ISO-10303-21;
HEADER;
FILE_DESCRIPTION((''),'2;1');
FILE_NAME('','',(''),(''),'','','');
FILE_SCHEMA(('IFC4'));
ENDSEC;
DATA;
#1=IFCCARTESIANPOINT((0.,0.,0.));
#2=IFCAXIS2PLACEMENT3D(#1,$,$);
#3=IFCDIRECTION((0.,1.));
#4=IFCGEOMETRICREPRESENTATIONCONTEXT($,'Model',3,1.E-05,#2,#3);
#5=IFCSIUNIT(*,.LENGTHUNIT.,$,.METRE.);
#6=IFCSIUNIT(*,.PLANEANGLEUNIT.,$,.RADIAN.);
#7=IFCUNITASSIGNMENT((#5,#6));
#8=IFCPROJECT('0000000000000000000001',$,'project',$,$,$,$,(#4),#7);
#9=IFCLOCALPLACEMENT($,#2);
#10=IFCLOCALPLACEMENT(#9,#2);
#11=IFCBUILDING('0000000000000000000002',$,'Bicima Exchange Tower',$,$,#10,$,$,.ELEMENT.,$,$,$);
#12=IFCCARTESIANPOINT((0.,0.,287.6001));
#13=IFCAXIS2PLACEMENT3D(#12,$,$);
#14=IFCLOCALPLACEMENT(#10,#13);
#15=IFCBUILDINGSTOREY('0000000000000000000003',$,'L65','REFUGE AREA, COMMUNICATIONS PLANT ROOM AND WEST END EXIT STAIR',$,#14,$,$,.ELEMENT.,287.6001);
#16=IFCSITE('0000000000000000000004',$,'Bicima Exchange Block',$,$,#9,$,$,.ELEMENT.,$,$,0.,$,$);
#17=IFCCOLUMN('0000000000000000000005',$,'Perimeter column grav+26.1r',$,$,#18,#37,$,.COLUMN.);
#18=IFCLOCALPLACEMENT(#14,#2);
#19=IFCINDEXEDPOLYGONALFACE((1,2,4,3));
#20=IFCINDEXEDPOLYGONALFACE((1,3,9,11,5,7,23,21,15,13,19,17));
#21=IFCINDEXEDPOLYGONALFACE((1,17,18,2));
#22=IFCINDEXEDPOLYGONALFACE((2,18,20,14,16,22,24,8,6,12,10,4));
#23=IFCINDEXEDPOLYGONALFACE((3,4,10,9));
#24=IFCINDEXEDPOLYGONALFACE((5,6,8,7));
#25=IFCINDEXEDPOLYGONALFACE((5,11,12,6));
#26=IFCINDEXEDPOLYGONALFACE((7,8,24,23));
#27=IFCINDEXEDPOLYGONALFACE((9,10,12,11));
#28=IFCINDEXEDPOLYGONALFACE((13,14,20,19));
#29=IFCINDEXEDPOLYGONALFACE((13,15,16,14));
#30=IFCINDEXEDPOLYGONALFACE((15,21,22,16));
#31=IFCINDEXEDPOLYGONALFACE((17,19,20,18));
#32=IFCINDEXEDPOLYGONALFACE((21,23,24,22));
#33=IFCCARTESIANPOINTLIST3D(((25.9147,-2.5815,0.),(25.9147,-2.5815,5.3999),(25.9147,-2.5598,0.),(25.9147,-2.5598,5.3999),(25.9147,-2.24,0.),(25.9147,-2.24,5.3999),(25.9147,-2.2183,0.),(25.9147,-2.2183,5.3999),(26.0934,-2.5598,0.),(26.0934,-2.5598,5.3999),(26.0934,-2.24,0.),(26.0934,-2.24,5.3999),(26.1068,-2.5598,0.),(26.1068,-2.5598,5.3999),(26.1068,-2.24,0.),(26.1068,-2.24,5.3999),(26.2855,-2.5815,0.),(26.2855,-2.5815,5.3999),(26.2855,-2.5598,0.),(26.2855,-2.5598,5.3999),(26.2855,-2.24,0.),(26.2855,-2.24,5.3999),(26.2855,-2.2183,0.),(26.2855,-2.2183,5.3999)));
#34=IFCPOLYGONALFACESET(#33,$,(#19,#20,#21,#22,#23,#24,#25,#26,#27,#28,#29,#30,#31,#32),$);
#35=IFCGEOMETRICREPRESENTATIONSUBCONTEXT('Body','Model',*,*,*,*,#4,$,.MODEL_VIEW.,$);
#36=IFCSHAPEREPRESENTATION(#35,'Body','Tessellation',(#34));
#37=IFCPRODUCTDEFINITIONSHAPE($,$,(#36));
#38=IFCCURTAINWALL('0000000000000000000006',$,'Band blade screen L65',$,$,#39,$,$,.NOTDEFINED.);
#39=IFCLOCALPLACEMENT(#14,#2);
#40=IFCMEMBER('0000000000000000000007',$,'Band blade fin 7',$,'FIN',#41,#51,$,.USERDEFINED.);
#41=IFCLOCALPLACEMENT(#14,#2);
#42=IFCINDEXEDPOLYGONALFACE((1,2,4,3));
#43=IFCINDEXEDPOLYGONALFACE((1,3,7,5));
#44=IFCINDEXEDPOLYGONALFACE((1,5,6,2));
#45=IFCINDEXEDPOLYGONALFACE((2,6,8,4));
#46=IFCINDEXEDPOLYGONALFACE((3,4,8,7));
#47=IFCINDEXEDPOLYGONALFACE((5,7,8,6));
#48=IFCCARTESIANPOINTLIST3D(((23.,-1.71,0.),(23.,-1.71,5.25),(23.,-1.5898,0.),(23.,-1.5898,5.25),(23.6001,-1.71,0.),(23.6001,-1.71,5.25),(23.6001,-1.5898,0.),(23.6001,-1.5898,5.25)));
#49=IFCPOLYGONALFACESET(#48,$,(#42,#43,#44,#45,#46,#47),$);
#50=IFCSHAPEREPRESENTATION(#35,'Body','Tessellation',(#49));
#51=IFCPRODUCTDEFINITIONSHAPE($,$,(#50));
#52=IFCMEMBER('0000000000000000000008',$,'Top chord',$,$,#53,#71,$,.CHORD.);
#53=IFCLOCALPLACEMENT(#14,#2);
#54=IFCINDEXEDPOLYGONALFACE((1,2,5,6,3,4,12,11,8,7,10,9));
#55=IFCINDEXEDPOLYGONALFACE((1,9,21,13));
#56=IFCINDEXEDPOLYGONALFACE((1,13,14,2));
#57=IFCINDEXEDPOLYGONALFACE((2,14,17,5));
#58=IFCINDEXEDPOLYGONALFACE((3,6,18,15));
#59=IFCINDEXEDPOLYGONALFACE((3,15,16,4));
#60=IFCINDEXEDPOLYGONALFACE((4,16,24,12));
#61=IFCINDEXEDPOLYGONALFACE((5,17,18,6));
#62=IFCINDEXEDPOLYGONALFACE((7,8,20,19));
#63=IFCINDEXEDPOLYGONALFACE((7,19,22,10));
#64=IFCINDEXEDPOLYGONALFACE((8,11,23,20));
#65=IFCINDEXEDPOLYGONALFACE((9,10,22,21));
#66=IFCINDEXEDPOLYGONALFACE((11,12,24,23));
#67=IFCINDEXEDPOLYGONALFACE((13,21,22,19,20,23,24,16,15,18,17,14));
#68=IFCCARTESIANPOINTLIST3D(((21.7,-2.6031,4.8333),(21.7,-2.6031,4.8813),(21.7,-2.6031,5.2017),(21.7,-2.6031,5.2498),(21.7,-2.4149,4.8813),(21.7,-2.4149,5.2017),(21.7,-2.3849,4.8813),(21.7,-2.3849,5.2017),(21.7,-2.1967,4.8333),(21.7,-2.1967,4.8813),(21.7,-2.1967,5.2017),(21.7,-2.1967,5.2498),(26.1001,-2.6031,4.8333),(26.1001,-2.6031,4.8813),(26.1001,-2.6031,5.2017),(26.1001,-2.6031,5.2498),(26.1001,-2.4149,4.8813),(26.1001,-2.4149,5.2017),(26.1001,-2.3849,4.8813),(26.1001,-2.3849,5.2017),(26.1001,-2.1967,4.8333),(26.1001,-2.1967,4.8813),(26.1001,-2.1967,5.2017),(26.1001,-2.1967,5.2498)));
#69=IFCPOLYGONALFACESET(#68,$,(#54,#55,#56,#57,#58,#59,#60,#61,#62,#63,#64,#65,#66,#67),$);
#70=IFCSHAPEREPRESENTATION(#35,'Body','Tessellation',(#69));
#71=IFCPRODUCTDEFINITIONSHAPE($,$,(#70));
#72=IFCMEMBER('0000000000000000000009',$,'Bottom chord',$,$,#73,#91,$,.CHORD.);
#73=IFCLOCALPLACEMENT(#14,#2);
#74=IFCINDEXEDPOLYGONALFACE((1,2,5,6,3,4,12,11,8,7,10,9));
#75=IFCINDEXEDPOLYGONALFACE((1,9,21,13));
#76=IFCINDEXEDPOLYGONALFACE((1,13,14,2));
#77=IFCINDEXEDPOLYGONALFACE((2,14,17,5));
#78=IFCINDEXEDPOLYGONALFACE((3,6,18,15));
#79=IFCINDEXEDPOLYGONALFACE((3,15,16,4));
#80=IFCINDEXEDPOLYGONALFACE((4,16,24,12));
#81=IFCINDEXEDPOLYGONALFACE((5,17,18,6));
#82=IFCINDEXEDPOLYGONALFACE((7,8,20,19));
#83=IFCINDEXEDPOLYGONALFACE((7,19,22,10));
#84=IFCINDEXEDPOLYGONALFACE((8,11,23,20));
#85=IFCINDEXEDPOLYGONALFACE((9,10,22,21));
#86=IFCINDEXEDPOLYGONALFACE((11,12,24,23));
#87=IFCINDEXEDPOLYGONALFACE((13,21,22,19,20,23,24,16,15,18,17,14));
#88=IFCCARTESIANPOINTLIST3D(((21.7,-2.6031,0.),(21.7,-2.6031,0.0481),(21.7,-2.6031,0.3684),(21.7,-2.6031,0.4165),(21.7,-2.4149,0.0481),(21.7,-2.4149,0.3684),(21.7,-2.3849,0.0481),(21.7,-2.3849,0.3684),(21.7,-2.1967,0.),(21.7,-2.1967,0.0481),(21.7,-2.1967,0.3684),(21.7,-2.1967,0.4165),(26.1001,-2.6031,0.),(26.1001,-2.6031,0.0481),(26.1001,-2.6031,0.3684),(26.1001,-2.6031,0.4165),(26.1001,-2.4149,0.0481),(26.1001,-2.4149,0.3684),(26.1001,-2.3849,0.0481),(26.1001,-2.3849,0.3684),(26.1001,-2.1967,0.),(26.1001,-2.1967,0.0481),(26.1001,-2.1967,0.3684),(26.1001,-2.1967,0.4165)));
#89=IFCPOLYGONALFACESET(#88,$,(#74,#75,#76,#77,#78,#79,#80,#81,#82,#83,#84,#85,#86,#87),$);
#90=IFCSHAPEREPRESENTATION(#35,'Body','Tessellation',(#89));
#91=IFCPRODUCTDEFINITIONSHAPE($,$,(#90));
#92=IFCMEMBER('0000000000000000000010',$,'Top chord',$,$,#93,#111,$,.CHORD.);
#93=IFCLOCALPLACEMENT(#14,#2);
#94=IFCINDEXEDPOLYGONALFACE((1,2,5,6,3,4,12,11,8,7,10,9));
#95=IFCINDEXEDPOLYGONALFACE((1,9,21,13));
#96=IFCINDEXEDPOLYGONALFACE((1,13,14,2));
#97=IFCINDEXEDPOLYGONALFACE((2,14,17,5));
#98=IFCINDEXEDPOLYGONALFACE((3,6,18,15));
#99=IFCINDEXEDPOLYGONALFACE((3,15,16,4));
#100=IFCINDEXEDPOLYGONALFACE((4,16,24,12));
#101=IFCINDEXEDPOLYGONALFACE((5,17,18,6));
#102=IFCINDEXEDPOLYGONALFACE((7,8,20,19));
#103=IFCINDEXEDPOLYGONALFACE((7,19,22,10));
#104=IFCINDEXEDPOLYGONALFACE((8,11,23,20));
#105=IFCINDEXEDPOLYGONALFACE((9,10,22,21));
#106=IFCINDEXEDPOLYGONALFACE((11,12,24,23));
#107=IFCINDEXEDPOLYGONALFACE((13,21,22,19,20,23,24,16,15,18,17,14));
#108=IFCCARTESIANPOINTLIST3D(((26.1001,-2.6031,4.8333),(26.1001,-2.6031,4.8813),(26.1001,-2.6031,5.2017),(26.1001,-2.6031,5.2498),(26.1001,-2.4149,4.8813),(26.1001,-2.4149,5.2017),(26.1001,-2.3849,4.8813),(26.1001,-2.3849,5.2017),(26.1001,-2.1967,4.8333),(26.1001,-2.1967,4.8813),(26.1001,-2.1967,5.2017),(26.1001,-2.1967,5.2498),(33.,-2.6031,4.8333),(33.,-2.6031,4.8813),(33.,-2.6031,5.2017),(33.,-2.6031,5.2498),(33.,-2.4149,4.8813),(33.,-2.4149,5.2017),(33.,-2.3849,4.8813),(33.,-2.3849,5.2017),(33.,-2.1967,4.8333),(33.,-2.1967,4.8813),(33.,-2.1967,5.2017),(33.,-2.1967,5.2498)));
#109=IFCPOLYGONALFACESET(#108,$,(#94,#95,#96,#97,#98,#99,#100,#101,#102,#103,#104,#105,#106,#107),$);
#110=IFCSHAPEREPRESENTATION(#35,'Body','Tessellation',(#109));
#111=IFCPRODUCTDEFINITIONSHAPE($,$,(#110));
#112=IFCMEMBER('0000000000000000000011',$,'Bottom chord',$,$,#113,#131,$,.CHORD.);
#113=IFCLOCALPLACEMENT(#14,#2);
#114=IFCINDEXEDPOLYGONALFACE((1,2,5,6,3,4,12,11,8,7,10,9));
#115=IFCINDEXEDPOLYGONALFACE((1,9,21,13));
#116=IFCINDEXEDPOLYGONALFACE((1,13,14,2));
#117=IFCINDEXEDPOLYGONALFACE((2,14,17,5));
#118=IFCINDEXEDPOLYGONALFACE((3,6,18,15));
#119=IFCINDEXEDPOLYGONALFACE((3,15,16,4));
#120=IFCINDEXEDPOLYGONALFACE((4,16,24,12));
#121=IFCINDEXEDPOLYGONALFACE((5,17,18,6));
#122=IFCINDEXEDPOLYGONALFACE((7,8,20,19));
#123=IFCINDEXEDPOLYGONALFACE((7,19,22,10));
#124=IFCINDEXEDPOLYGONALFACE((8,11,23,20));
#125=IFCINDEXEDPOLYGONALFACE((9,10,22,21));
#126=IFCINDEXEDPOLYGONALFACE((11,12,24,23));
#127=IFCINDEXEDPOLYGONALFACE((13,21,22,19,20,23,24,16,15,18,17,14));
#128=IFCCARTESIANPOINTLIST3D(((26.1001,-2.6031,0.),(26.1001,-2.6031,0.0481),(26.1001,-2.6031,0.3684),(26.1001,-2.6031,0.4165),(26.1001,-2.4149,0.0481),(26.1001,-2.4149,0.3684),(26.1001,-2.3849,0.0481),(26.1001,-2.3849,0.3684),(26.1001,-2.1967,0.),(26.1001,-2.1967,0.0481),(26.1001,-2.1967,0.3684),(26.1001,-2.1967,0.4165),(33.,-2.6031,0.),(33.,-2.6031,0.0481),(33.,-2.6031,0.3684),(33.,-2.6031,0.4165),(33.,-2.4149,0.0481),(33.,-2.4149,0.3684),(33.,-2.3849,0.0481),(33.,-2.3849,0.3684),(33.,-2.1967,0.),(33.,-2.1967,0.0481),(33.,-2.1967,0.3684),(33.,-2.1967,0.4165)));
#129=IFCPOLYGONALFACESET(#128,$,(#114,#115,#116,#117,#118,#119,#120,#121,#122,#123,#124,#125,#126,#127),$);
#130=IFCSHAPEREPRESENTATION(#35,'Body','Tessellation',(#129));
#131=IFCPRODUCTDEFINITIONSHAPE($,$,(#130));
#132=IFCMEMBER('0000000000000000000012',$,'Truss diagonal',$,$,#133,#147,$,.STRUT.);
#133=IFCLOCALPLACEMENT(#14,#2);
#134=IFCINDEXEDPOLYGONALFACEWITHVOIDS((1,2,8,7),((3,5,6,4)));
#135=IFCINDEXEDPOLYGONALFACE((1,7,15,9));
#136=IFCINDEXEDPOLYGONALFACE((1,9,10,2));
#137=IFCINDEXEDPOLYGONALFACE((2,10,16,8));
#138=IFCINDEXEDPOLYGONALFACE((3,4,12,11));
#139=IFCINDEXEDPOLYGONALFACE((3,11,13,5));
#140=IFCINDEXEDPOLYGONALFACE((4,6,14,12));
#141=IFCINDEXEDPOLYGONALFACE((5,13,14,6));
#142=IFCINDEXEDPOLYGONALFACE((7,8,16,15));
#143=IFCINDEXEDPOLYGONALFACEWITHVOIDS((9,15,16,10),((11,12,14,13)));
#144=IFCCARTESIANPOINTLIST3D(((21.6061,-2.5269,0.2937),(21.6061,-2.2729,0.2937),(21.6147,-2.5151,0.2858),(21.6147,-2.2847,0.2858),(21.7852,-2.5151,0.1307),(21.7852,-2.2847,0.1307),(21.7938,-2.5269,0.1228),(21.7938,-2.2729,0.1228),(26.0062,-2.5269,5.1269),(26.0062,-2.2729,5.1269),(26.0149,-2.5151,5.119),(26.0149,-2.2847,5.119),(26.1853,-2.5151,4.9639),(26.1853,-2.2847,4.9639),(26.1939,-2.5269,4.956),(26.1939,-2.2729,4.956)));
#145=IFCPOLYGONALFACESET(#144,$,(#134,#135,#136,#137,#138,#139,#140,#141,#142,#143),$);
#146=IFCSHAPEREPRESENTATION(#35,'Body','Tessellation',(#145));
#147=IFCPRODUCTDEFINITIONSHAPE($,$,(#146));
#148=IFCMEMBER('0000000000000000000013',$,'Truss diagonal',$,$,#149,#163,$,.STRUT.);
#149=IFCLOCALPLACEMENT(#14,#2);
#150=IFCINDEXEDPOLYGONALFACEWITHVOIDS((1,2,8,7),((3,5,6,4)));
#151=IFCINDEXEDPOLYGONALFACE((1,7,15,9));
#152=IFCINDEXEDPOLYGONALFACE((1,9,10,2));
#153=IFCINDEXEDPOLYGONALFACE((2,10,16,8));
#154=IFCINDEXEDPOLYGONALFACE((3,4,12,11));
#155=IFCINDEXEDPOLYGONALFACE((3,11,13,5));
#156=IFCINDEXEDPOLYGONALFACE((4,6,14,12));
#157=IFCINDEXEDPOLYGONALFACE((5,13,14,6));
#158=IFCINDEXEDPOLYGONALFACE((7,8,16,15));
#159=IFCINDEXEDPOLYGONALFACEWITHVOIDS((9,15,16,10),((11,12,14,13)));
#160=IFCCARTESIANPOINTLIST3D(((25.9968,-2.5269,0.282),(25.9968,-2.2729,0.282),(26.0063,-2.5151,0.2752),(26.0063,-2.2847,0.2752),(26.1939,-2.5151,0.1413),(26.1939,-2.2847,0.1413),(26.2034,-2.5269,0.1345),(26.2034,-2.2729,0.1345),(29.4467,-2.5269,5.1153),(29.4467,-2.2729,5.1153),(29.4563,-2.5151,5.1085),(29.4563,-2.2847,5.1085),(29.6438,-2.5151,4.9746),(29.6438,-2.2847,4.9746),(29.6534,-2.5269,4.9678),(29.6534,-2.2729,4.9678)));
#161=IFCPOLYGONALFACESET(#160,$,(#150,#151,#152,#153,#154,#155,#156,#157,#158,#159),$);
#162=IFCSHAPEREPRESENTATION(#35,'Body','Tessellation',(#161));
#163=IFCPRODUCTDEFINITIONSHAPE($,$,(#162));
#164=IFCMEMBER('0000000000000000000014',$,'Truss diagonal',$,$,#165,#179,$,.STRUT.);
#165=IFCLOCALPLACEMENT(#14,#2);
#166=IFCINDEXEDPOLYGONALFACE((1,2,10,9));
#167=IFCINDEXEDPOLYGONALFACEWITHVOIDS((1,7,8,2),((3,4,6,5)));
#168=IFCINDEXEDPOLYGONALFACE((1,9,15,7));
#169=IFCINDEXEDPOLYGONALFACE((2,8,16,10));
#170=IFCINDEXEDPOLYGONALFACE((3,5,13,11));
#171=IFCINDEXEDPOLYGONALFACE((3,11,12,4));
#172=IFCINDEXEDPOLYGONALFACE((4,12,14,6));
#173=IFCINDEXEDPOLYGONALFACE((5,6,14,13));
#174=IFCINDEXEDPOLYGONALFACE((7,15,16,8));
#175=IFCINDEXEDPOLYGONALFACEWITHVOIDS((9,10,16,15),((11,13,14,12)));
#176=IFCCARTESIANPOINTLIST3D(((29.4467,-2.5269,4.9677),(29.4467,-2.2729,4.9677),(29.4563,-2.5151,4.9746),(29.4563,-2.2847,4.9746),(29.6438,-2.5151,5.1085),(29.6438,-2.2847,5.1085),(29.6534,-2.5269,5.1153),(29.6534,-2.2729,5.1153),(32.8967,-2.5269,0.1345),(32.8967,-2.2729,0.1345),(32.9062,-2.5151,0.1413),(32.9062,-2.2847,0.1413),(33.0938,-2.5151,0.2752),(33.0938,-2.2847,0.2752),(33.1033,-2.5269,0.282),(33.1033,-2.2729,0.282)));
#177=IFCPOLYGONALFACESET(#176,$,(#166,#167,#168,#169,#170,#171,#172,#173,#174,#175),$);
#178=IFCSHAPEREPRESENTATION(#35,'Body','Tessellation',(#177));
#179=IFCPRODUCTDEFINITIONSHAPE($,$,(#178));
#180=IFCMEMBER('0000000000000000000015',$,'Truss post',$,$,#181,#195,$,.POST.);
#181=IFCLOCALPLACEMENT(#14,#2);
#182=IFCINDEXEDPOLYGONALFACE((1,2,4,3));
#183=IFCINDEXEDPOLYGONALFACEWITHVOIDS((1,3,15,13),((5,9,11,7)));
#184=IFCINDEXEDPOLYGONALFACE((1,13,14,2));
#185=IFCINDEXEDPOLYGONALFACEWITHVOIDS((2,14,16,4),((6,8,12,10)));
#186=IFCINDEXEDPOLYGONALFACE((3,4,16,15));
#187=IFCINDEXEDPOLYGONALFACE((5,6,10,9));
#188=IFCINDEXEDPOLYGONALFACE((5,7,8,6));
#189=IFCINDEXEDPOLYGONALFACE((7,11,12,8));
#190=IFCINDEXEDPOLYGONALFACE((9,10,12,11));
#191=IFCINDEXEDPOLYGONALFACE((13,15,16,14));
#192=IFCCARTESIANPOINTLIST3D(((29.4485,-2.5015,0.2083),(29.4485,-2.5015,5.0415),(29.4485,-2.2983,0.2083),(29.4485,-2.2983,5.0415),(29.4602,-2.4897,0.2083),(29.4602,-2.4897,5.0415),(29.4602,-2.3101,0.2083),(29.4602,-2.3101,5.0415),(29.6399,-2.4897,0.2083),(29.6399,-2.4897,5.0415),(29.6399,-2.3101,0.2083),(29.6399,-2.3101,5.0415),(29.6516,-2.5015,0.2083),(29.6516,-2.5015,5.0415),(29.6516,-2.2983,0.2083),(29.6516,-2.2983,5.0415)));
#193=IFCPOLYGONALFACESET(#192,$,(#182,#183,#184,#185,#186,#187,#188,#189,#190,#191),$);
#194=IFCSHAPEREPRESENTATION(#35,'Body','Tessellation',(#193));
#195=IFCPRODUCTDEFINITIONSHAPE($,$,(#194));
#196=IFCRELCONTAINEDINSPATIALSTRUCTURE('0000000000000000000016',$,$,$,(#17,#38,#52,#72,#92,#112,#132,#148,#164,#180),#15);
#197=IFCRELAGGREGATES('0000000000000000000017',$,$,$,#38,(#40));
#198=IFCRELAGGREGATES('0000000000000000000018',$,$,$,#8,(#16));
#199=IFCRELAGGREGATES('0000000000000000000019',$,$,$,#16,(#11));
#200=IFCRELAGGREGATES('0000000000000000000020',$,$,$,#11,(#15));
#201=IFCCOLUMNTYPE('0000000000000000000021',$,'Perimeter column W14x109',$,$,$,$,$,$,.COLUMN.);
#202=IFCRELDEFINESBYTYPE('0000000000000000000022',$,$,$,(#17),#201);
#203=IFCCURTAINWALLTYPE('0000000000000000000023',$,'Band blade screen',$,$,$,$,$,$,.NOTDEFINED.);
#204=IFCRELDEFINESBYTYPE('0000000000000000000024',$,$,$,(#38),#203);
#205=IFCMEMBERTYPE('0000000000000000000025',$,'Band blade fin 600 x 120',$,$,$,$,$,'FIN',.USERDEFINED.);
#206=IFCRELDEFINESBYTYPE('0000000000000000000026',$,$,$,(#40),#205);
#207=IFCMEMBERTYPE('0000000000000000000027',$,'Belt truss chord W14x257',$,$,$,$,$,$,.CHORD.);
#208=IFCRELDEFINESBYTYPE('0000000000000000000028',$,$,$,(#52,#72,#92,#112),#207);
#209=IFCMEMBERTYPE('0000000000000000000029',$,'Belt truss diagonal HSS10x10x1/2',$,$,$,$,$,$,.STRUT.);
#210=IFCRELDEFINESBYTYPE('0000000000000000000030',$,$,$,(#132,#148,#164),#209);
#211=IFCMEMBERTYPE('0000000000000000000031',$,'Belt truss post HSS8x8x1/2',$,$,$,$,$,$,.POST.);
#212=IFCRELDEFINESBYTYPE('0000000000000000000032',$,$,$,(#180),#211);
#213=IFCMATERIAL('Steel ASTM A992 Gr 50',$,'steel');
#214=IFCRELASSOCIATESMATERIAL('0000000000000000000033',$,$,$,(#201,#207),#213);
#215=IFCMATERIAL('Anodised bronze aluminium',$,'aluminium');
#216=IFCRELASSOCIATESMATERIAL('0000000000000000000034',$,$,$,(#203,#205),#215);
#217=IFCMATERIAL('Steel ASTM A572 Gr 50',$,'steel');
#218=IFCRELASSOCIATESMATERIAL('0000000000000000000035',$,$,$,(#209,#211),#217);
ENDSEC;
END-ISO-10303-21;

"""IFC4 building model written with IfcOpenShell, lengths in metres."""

from ifc_helpers import new_model, si_unit, direction, frame, origin, origin_2d, place, context, subcontext, project, spatial, rectangle, hollow_rectangle, i_section, extrude, material, material_profile, profile_set, type_object, element, aggregate, save


model = new_model("IFC4")

# Units and contexts
model_context = context("Model", 3, precision=1e-05, world=origin(), true_north=direction((0.0, 1.0)))
body_context = subcontext(model_context, "Body", "Model", "MODEL_VIEW")
ifc_project = project(units=[si_unit("LENGTHUNIT", "METRE"), si_unit("PLANEANGLEUNIT", "RADIAN")], contexts=[model_context])

# Site, building, storey
site_placement = place(None, origin())
site = spatial("IfcSite", under=ifc_project, at=site_placement, Name="Bicima Exchange Block", CompositionType="ELEMENT", RefElevation=0.0)
building_placement = place(site_placement, origin())
building = spatial("IfcBuilding", under=site, at=building_placement, Name="Bicima Exchange Tower", CompositionType="ELEMENT")
storey_placement = place(building_placement, frame((0.0, 0.0, 287.6001)))
storey = spatial("IfcBuildingStorey", under=building, at=storey_placement, Name="L65", Description="REFUGE AREA, COMMUNICATIONS PLANT ROOM AND WEST END EXIT STAIR", CompositionType="ELEMENT", Elevation=287.6001)

# Column
ifc_material_1 = material(Name="Steel ASTM A992 Gr 50", Category="steel")
ifc_material_profile_1 = material_profile(ifc_material_1, i_section(OverallWidth=0.3708, OverallDepth=0.3633, WebThickness=0.0134, FlangeThickness=0.0217, at=origin_2d()))
ifc_profile_set_1 = profile_set([ifc_material_profile_1], Name="Steel ASTM A992 Gr 50")
column_type = type_object("IfcColumnType", Name="Perimeter column W14x109", PredefinedType="COLUMN", material=ifc_profile_set_1)
column_placement = place(storey_placement, frame((26.1001, -2.3999, 0.0), z_axis=(0.0, 0.0, 1.0), x_axis=(1.0, 0.0, 0.0)))
element("IfcColumn", 1, at=column_placement, inside=storey, type_object=column_type, Name="Perimeter column grav+26.1r", PredefinedType="COLUMN", context=body_context, shape_type="SweptSolid", body=[
    extrude(i_section(OverallWidth=0.3708, OverallDepth=0.3633, WebThickness=0.0134, FlangeThickness=0.0217, at=origin_2d()), origin(), (0.0, 0.0, 1.0), 5.3999),
])

# Curtain wall, member
ifc_material_2 = material(Name="Anodised bronze aluminium", Category="aluminium")
curtain_wall_type = type_object("IfcCurtainWallType", Name="Band blade screen", PredefinedType="NOTDEFINED", material=ifc_material_2)
curtain_wall_placement = place(storey_placement, origin())
curtain_wall = element("IfcCurtainWall", 2, at=curtain_wall_placement, inside=storey, type_object=curtain_wall_type, Name="Band blade screen L65", PredefinedType="NOTDEFINED")
ifc_material_profile_2 = material_profile(ifc_material_2, rectangle(XDim=0.6001, YDim=0.1201, at=origin_2d()))
ifc_profile_set_2 = profile_set([ifc_material_profile_2], Name="Anodised bronze aluminium")
member_type_1 = type_object("IfcMemberType", Name="Band blade fin 600 x 120", ElementType="FIN", PredefinedType="USERDEFINED", material=ifc_profile_set_2)
member_1_placement = place(storey_placement, frame((23.3, -1.6499, 0.0), z_axis=(0.0, 0.0, 1.0), x_axis=(-1.0, 0.0, 0.0)))
member_1 = element("IfcMember", 3, at=member_1_placement, type_object=member_type_1, Name="Band blade fin 7", ObjectType="FIN", PredefinedType="USERDEFINED", context=body_context, shape_type="SweptSolid", body=[
    extrude(rectangle(XDim=0.6001, YDim=0.1201, at=origin_2d()), origin(), (0.0, 0.0, 1.0), 5.25),
])
aggregate(curtain_wall, [member_1])

# Members
ifc_material_profile_3 = material_profile(ifc_material_1, i_section(OverallWidth=0.4065, OverallDepth=0.4165, WebThickness=0.03, FlangeThickness=0.0481, at=origin_2d()))
ifc_profile_set_3 = profile_set([ifc_material_profile_3], Name="Steel ASTM A992 Gr 50")
member_type_2 = type_object("IfcMemberType", Name="Belt truss chord W14x257", PredefinedType="CHORD", material=ifc_profile_set_3)
for number, where, z_axis, x_axis, name in (
    (4, (21.7, -2.3999, 5.0415), (1.0, 0.0, 0.0), (0.0, 1.0, 0.0), "Top chord"),
    (5, (21.7, -2.3999, 0.2083), (1.0, 0.0, 0.0), (0.0, 1.0, 0.0), "Bottom chord"),
):
    element("IfcMember", number, at=place(storey_placement, frame(where, z_axis=z_axis, x_axis=x_axis)), inside=storey, type_object=member_type_2, Name=name, PredefinedType="CHORD", context=body_context, shape_type="SweptSolid", body=[
        extrude(i_section(OverallWidth=0.4065, OverallDepth=0.4165, WebThickness=0.03, FlangeThickness=0.0481, at=origin_2d()), origin(), (0.0, 0.0, 1.0), 4.4001),
    ])
for number, where, z_axis, x_axis, name in (
    (6, (26.1001, -2.3999, 5.0415), (1.0, 0.0, 0.0), (0.0, 1.0, 0.0), "Top chord"),
    (7, (26.1001, -2.3999, 0.2083), (1.0, 0.0, 0.0), (0.0, 1.0, 0.0), "Bottom chord"),
):
    element("IfcMember", number, at=place(storey_placement, frame(where, z_axis=z_axis, x_axis=x_axis)), inside=storey, type_object=member_type_2, Name=name, PredefinedType="CHORD", context=body_context, shape_type="SweptSolid", body=[
        extrude(i_section(OverallWidth=0.4065, OverallDepth=0.4165, WebThickness=0.03, FlangeThickness=0.0481, at=origin_2d()), origin(), (0.0, 0.0, 1.0), 6.8999),
    ])
ifc_material_3 = material(Name="Steel ASTM A572 Gr 50", Category="steel")
ifc_material_profile_4 = material_profile(ifc_material_3, hollow_rectangle(XDim=0.2539, YDim=0.2539, WallThickness=0.0117, at=origin_2d()))
ifc_profile_set_4 = profile_set([ifc_material_profile_4], Name="Steel ASTM A572 Gr 50")
member_type_3 = type_object("IfcMemberType", Name="Belt truss diagonal HSS10x10x1/2", PredefinedType="STRUT", material=ifc_profile_set_4)
member_2_placement = place(storey_placement, frame((21.7, -2.3999, 0.2083), z_axis=(0.673199, 0.0, 0.739462), x_axis=(0.0, 1.0, 0.0)))
element("IfcMember", 8, at=member_2_placement, inside=storey, type_object=member_type_3, Name="Truss diagonal", PredefinedType="STRUT", context=body_context, shape_type="SweptSolid", body=[
    extrude(hollow_rectangle(XDim=0.2539, YDim=0.2539, WallThickness=0.0117, at=origin_2d()), origin(), (0.0, 0.0, 1.0), 6.5361),
])
for number, where, z_axis, x_axis, name in (
    (9, (26.1001, -2.3999, 0.2083), (0.580974, 0.0, 0.813922), (0.0, 1.0, 0.0), "Truss diagonal"),
    (10, (29.55, -2.3999, 5.0415), (0.580974, 0.0, -0.813922), (0.0, 1.0, 0.0), "Truss diagonal"),
):
    element("IfcMember", number, at=place(storey_placement, frame(where, z_axis=z_axis, x_axis=x_axis)), inside=storey, type_object=member_type_3, Name=name, PredefinedType="STRUT", context=body_context, shape_type="SweptSolid", body=[
        extrude(hollow_rectangle(XDim=0.2539, YDim=0.2539, WallThickness=0.0117, at=origin_2d()), origin(), (0.0, 0.0, 1.0), 5.9382),
    ])
ifc_material_profile_5 = material_profile(ifc_material_3, hollow_rectangle(XDim=0.2031, YDim=0.2031, WallThickness=0.0117, at=origin_2d()))
ifc_profile_set_5 = profile_set([ifc_material_profile_5], Name="Steel ASTM A572 Gr 50")
member_type_4 = type_object("IfcMemberType", Name="Belt truss post HSS8x8x1/2", PredefinedType="POST", material=ifc_profile_set_5)
member_3_placement = place(storey_placement, frame((29.55, -2.3999, 0.2083), z_axis=(0.0, 0.0, 1.0), x_axis=(1.0, 0.0, 0.0)))
element("IfcMember", 11, at=member_3_placement, inside=storey, type_object=member_type_4, Name="Truss post", PredefinedType="POST", context=body_context, shape_type="SweptSolid", body=[
    extrude(hollow_rectangle(XDim=0.2031, YDim=0.2031, WallThickness=0.0117, at=origin_2d()), origin(), (0.0, 0.0, 1.0), 4.8333),
])

save(model, "model.ifc")
